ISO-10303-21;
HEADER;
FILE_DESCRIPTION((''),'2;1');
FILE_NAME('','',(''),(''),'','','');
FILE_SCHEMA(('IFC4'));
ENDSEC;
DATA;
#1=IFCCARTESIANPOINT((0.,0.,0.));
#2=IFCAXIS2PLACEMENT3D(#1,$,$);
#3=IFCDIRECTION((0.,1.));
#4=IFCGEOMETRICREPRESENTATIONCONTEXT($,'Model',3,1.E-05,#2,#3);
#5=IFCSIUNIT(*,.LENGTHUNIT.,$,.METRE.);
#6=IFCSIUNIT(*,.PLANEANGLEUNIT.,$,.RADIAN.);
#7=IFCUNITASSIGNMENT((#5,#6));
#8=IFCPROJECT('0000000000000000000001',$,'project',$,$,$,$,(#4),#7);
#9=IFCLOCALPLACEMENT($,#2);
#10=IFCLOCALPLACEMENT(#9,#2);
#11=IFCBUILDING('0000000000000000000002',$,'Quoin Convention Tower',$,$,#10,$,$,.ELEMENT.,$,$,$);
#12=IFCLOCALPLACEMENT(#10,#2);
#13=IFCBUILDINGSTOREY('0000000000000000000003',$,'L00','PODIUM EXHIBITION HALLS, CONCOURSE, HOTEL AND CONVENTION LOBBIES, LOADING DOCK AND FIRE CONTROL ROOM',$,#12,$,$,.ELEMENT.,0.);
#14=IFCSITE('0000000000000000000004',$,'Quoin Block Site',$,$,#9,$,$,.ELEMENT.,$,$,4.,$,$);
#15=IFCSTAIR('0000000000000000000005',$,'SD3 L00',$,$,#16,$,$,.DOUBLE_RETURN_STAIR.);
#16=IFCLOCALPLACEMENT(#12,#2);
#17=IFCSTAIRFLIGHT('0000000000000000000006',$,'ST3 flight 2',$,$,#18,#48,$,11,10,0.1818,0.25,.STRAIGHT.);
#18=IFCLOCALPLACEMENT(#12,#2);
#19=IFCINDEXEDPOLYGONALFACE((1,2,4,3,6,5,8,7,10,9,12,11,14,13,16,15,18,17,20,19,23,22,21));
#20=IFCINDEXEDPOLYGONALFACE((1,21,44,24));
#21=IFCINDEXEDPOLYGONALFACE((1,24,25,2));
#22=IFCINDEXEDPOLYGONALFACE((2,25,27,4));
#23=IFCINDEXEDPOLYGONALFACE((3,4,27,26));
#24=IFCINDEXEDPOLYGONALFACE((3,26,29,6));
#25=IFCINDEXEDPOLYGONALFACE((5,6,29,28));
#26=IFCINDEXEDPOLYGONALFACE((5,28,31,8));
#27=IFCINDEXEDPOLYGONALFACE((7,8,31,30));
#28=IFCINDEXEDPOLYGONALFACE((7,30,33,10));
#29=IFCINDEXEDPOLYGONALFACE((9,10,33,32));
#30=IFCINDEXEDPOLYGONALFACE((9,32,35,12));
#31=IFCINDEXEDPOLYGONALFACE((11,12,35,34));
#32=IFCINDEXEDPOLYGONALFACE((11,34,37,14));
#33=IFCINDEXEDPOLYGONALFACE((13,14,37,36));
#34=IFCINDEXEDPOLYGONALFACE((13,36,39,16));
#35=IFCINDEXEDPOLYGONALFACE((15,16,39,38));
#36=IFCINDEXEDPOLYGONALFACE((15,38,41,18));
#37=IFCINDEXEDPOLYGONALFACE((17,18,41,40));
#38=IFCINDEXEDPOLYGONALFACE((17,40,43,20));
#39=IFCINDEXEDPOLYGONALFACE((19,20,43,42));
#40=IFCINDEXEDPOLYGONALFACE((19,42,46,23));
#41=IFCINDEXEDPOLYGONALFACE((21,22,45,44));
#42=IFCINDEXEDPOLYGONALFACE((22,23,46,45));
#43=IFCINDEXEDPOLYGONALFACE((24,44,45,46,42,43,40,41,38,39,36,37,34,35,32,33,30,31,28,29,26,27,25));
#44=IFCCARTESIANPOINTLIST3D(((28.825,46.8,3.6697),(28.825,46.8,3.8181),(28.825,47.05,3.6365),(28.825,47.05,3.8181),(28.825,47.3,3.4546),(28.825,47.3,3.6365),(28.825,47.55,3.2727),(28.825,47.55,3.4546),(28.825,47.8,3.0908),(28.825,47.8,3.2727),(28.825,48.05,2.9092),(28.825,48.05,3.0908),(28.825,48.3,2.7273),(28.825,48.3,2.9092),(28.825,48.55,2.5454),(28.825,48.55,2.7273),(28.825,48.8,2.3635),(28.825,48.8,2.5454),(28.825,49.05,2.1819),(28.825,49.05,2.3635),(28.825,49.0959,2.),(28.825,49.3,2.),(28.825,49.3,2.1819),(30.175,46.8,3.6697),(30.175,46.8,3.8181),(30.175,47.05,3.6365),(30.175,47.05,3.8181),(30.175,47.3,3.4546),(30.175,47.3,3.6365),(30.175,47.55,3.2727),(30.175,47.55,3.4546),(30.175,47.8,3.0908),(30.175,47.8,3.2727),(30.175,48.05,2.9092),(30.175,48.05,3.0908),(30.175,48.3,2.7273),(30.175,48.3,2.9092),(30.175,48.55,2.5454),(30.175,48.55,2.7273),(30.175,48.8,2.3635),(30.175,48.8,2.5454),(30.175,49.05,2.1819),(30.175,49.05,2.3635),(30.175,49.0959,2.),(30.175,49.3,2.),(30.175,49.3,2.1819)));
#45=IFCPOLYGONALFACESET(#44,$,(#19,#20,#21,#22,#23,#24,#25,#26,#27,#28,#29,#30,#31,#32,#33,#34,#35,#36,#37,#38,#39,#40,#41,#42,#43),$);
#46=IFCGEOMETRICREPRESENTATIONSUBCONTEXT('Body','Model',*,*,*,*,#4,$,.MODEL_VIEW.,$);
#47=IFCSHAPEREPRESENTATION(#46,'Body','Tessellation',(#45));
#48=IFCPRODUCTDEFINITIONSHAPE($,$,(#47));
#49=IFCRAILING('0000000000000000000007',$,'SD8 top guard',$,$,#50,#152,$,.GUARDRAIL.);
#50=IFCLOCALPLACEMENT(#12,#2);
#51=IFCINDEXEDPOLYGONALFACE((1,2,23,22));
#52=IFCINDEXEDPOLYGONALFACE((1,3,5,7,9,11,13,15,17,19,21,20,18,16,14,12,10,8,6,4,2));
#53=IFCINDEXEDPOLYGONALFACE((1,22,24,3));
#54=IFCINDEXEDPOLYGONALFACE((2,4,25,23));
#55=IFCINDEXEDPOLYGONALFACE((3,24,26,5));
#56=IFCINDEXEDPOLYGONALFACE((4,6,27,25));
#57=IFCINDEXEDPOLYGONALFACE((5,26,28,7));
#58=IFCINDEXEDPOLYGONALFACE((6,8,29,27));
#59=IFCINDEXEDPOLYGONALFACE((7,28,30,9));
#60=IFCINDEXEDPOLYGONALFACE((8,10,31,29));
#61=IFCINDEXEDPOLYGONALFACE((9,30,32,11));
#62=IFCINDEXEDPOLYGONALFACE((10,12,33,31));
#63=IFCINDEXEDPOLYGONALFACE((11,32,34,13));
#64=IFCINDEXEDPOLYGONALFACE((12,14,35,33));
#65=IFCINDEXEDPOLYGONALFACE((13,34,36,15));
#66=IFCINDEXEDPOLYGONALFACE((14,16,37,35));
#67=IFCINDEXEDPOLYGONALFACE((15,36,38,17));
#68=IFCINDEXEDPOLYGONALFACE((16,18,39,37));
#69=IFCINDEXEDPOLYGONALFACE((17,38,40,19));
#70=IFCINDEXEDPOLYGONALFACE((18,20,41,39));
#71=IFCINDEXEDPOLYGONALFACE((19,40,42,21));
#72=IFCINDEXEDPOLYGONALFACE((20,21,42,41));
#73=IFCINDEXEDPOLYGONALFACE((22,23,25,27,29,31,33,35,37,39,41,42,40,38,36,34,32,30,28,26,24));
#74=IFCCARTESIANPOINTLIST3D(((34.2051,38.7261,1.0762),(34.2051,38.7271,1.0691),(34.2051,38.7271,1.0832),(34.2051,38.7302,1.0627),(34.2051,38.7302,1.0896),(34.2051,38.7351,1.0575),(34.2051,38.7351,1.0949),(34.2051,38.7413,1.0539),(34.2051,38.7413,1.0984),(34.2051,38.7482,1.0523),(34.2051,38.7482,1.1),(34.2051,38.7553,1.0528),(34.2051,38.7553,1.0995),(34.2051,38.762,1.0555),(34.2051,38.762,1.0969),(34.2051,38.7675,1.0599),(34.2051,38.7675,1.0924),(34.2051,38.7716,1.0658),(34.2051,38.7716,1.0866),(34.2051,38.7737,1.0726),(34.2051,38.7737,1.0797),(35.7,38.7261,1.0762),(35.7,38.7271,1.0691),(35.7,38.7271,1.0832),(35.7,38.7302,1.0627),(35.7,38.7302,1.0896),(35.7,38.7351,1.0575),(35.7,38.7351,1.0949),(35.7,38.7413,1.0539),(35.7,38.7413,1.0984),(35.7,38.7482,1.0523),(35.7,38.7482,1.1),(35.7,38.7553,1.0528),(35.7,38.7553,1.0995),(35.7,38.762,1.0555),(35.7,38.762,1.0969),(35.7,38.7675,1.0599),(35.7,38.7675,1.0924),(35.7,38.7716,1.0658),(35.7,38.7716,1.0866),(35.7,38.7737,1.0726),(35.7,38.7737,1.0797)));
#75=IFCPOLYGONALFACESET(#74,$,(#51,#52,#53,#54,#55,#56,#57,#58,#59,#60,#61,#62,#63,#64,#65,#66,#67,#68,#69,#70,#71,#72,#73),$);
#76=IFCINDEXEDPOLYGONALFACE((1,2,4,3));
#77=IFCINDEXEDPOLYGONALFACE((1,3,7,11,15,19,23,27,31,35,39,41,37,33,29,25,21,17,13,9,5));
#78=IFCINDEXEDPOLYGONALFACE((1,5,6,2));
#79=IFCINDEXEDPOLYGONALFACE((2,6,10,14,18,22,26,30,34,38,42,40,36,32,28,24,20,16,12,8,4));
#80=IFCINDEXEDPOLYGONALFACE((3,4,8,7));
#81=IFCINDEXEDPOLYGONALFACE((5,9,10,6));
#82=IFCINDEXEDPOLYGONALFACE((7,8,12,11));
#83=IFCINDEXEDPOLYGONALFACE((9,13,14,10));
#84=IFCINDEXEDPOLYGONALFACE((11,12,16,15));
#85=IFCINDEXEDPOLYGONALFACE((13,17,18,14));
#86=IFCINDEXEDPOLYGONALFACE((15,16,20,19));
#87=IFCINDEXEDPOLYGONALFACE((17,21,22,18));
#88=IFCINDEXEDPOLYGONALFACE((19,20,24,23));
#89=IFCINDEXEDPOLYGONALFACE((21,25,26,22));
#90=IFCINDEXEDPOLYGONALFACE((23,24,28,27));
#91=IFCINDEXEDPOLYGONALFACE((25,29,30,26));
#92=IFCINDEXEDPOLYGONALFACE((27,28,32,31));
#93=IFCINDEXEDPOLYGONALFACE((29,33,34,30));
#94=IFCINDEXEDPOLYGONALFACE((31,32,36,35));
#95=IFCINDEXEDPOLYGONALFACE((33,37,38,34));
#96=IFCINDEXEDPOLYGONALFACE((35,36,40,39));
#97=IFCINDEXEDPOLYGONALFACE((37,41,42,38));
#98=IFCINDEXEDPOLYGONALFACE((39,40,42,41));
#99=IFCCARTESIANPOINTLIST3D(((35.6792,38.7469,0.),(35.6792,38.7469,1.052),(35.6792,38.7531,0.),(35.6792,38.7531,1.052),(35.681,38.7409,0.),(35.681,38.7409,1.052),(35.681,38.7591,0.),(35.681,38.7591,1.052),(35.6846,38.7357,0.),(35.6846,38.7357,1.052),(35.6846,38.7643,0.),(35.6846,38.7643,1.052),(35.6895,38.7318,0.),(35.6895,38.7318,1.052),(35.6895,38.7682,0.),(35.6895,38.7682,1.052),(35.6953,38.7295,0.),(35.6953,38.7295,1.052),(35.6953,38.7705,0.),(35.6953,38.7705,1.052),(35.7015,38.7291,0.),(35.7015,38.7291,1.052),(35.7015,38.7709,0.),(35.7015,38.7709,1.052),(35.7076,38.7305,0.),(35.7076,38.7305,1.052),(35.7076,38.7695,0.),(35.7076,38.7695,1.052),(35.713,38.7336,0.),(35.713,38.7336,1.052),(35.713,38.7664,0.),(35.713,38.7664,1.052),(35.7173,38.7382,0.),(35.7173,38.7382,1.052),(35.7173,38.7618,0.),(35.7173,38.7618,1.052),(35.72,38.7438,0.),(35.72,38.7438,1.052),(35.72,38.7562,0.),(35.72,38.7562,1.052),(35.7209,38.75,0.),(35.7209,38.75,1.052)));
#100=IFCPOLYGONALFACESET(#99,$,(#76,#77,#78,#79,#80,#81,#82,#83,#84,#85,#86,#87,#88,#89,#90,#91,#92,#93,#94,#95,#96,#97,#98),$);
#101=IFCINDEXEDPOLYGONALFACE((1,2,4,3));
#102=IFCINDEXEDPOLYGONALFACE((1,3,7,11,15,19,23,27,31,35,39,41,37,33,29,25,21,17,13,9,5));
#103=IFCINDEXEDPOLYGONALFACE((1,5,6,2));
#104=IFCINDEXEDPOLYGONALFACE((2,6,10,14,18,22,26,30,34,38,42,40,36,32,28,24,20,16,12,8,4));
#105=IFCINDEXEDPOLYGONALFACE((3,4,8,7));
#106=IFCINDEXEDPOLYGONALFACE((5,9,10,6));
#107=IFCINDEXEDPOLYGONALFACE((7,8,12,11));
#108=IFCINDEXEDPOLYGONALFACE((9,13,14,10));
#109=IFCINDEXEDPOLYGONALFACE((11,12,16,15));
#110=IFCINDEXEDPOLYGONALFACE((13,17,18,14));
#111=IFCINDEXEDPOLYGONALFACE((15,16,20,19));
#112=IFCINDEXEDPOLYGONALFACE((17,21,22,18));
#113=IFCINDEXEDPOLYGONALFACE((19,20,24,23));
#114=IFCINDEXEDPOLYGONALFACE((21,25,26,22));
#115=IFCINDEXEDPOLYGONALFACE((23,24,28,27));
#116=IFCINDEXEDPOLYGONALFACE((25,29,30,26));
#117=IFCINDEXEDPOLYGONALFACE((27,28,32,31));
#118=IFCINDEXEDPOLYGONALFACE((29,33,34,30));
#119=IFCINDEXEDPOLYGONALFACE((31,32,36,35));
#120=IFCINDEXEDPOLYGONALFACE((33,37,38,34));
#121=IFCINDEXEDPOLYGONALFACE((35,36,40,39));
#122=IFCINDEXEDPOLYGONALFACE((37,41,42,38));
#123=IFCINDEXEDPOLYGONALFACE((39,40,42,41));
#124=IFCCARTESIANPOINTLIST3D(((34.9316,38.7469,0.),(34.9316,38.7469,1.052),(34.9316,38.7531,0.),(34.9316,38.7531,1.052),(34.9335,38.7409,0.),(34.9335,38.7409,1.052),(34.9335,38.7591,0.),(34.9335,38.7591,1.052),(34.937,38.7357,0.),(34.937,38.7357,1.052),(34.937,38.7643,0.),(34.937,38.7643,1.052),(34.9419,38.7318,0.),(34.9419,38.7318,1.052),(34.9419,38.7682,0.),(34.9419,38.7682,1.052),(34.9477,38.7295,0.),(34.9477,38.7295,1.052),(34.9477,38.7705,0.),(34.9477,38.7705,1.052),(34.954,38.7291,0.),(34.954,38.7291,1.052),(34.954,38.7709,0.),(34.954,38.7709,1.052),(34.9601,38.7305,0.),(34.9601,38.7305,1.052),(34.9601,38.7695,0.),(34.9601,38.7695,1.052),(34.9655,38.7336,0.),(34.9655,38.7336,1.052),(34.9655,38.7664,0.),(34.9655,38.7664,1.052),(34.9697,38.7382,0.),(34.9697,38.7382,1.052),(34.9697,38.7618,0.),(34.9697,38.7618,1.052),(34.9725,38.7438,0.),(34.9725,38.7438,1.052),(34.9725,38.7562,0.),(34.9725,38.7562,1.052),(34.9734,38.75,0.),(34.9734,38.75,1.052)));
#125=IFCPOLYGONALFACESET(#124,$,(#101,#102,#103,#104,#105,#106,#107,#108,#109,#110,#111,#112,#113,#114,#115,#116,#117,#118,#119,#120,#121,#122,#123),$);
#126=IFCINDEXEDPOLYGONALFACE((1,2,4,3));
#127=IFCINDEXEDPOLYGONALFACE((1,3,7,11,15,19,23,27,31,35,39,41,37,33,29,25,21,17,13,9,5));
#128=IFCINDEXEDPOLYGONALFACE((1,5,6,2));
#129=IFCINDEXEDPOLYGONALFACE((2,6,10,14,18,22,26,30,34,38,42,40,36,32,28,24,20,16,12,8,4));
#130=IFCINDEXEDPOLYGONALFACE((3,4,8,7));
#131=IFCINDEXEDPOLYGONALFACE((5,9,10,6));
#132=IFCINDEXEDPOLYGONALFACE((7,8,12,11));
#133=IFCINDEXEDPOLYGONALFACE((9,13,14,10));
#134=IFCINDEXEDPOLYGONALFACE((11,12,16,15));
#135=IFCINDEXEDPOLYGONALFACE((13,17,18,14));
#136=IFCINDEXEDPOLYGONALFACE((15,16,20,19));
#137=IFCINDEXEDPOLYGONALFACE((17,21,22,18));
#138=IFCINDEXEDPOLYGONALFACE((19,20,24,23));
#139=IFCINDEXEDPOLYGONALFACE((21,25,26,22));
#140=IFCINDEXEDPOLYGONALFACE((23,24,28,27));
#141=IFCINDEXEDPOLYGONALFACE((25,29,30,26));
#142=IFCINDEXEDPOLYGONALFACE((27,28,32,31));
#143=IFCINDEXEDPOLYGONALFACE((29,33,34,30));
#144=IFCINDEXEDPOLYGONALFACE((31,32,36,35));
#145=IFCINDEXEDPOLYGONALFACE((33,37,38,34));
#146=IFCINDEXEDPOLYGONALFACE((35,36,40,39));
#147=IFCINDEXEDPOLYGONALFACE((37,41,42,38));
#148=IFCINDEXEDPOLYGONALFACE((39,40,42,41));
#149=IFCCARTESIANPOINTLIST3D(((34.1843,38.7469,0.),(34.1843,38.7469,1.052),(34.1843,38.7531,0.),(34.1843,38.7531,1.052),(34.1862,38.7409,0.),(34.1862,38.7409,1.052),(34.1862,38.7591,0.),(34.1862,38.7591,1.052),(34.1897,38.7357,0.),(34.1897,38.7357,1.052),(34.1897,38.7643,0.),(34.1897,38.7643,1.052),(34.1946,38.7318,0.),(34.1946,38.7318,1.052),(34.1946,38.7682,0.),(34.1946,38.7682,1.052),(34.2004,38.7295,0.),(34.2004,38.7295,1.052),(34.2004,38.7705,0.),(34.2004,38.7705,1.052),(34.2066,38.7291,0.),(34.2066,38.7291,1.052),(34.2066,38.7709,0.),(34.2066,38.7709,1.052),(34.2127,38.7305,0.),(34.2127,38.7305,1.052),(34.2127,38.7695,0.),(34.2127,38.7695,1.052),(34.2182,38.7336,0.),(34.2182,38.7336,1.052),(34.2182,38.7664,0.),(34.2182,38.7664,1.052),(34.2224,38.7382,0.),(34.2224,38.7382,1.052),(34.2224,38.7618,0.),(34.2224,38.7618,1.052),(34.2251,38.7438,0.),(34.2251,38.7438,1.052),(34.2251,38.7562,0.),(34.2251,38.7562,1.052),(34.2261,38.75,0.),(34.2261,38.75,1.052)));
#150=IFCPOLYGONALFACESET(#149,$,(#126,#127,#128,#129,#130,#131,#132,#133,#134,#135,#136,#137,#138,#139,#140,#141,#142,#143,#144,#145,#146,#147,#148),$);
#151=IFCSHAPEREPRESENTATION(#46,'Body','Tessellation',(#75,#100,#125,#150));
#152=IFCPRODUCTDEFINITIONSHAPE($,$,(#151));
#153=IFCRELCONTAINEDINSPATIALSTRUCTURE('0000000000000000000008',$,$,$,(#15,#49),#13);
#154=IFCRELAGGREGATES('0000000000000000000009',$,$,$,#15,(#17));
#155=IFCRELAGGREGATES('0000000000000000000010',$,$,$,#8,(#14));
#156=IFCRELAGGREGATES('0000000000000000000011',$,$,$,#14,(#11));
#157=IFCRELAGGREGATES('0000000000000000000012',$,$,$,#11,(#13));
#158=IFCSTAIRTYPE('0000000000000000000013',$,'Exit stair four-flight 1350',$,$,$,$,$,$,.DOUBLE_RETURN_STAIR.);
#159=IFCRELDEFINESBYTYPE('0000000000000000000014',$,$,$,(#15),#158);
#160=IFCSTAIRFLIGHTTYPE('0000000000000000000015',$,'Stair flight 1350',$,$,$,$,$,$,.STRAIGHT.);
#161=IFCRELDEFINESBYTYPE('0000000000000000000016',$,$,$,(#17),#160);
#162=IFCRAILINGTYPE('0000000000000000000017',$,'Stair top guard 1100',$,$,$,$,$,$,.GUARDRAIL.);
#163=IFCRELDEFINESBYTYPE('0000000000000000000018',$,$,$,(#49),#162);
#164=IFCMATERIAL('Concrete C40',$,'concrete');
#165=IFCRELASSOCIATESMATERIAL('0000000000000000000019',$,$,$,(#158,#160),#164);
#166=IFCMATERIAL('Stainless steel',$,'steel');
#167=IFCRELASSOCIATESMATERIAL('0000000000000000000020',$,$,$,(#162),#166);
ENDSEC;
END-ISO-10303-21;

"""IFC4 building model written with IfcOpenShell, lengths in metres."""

from ifc_helpers import new_model, si_unit, direction, frame, origin, origin_2d, place, context, subcontext, project, spatial, polyline, circle, outline, extrude, material, type_object, element, aggregate, save


model = new_model("IFC4")

# Units and contexts
model_context = context("Model", 3, precision=1e-05, world=origin(), true_north=direction((0.0, 1.0)))
body_context = subcontext(model_context, "Body", "Model", "MODEL_VIEW")
ifc_project = project(units=[si_unit("LENGTHUNIT", "METRE"), si_unit("PLANEANGLEUNIT", "RADIAN")], contexts=[model_context])

# Site, building, storey
site_placement = place(None, origin())
site = spatial("IfcSite", under=ifc_project, at=site_placement, Name="Quoin Block Site", CompositionType="ELEMENT", RefElevation=4.0)
building_placement = place(site_placement, origin())
building = spatial("IfcBuilding", under=site, at=building_placement, Name="Quoin Convention Tower", CompositionType="ELEMENT")
storey_placement = place(building_placement, origin())
storey = spatial("IfcBuildingStorey", under=building, at=storey_placement, Name="L00", Description="PODIUM EXHIBITION HALLS, CONCOURSE, HOTEL AND CONVENTION LOBBIES, LOADING DOCK AND FIRE CONTROL ROOM", CompositionType="ELEMENT", Elevation=0.0)

# Shared definitions
ifc_material_1 = material(Name="Concrete C40", Category="concrete")

# Stair, stair flight
stair_type_1 = type_object("IfcStairType", Name="Exit stair four-flight 1350", PredefinedType="DOUBLE_RETURN_STAIR", material=ifc_material_1)
stair_1_placement = place(storey_placement, origin())
stair_1 = element("IfcStair", 1, at=stair_1_placement, inside=storey, type_object=stair_type_1, Name="SD3 L00", PredefinedType="DOUBLE_RETURN_STAIR")
stair_flight_type_1 = type_object("IfcStairFlightType", Name="Stair flight 1350", PredefinedType="STRAIGHT", material=ifc_material_1)
stair_flight_1_placement = place(storey_placement, frame((29.5, 49.3, 2.0), z_axis=(0.0, 0.0, 1.0), x_axis=(0.0, -1.0, 0.0)))
stair_flight_1 = element("IfcStairFlight", 2, at=stair_flight_1_placement, type_object=stair_flight_type_1, Name="ST3 flight 2", NumberOfRisers=11, NumberOfTreads=10, PredefinedType="STRAIGHT", RiserHeight=0.1818, TreadLength=0.25, context=body_context, shape_type="SweptSolid", body=[
    extrude(outline(polyline([(0.0, 0.0), (0.0, 0.1819), (0.25, 0.1819), (0.25, 0.3635), (0.5, 0.3635), (0.5, 0.5454), (0.75, 0.5454), (0.75, 0.7273), (1.0, 0.7273), (1.0, 0.9092), (1.25, 0.9092), (1.25, 1.0908), (1.5, 1.0908), (1.5, 1.2727), (1.75, 1.2727), (1.75, 1.4546), (2.0, 1.4546), (2.0, 1.6365), (2.25, 1.6365), (2.25, 1.8181), (2.5, 1.8181), (2.5, 2.0), (2.5, 1.6697), (0.2041, 0.0), (0.0, 0.0)])), frame((0.0, 0.675, 0.0), z_axis=(0.0, -1.0, 0.0), x_axis=(1.0, 0.0, 0.0)), (0.0, 0.0, 1.0), 1.3501),
])
aggregate(stair_1, [stair_flight_1])

# Railing
ifc_material_2 = material(Name="Stainless steel", Category="steel")
railing_type_1 = type_object("IfcRailingType", Name="Stair top guard 1100", PredefinedType="GUARDRAIL", material=ifc_material_2)
railing_1_placement = place(storey_placement, frame((35.7, 38.75, 0.0)))
element("IfcRailing", 3, at=railing_1_placement, inside=storey, type_object=railing_type_1, Name="SD8 top guard", PredefinedType="GUARDRAIL", context=body_context, shape_type="SweptSolid", body=[
    extrude(circle(Radius=0.0239, at=origin_2d()), frame((0.0, 0.0, 1.0762), z_axis=(-1.0, 0.0, 0.0), x_axis=(0.0, -1.0, 0.0)), (0.0, 0.0, 1.0), 1.4949),
    extrude(circle(Radius=0.021, at=origin_2d()), origin(), (0.0, 0.0, 1.0), 1.052),
    extrude(circle(Radius=0.021, at=origin_2d()), frame((-0.7476, 0.0, 0.0)), (0.0, 0.0, 1.0), 1.052),
    extrude(circle(Radius=0.021, at=origin_2d()), frame((-1.4949, 0.0, 0.0)), (0.0, 0.0, 1.0), 1.052),
])

save(model, "model.ifc")
